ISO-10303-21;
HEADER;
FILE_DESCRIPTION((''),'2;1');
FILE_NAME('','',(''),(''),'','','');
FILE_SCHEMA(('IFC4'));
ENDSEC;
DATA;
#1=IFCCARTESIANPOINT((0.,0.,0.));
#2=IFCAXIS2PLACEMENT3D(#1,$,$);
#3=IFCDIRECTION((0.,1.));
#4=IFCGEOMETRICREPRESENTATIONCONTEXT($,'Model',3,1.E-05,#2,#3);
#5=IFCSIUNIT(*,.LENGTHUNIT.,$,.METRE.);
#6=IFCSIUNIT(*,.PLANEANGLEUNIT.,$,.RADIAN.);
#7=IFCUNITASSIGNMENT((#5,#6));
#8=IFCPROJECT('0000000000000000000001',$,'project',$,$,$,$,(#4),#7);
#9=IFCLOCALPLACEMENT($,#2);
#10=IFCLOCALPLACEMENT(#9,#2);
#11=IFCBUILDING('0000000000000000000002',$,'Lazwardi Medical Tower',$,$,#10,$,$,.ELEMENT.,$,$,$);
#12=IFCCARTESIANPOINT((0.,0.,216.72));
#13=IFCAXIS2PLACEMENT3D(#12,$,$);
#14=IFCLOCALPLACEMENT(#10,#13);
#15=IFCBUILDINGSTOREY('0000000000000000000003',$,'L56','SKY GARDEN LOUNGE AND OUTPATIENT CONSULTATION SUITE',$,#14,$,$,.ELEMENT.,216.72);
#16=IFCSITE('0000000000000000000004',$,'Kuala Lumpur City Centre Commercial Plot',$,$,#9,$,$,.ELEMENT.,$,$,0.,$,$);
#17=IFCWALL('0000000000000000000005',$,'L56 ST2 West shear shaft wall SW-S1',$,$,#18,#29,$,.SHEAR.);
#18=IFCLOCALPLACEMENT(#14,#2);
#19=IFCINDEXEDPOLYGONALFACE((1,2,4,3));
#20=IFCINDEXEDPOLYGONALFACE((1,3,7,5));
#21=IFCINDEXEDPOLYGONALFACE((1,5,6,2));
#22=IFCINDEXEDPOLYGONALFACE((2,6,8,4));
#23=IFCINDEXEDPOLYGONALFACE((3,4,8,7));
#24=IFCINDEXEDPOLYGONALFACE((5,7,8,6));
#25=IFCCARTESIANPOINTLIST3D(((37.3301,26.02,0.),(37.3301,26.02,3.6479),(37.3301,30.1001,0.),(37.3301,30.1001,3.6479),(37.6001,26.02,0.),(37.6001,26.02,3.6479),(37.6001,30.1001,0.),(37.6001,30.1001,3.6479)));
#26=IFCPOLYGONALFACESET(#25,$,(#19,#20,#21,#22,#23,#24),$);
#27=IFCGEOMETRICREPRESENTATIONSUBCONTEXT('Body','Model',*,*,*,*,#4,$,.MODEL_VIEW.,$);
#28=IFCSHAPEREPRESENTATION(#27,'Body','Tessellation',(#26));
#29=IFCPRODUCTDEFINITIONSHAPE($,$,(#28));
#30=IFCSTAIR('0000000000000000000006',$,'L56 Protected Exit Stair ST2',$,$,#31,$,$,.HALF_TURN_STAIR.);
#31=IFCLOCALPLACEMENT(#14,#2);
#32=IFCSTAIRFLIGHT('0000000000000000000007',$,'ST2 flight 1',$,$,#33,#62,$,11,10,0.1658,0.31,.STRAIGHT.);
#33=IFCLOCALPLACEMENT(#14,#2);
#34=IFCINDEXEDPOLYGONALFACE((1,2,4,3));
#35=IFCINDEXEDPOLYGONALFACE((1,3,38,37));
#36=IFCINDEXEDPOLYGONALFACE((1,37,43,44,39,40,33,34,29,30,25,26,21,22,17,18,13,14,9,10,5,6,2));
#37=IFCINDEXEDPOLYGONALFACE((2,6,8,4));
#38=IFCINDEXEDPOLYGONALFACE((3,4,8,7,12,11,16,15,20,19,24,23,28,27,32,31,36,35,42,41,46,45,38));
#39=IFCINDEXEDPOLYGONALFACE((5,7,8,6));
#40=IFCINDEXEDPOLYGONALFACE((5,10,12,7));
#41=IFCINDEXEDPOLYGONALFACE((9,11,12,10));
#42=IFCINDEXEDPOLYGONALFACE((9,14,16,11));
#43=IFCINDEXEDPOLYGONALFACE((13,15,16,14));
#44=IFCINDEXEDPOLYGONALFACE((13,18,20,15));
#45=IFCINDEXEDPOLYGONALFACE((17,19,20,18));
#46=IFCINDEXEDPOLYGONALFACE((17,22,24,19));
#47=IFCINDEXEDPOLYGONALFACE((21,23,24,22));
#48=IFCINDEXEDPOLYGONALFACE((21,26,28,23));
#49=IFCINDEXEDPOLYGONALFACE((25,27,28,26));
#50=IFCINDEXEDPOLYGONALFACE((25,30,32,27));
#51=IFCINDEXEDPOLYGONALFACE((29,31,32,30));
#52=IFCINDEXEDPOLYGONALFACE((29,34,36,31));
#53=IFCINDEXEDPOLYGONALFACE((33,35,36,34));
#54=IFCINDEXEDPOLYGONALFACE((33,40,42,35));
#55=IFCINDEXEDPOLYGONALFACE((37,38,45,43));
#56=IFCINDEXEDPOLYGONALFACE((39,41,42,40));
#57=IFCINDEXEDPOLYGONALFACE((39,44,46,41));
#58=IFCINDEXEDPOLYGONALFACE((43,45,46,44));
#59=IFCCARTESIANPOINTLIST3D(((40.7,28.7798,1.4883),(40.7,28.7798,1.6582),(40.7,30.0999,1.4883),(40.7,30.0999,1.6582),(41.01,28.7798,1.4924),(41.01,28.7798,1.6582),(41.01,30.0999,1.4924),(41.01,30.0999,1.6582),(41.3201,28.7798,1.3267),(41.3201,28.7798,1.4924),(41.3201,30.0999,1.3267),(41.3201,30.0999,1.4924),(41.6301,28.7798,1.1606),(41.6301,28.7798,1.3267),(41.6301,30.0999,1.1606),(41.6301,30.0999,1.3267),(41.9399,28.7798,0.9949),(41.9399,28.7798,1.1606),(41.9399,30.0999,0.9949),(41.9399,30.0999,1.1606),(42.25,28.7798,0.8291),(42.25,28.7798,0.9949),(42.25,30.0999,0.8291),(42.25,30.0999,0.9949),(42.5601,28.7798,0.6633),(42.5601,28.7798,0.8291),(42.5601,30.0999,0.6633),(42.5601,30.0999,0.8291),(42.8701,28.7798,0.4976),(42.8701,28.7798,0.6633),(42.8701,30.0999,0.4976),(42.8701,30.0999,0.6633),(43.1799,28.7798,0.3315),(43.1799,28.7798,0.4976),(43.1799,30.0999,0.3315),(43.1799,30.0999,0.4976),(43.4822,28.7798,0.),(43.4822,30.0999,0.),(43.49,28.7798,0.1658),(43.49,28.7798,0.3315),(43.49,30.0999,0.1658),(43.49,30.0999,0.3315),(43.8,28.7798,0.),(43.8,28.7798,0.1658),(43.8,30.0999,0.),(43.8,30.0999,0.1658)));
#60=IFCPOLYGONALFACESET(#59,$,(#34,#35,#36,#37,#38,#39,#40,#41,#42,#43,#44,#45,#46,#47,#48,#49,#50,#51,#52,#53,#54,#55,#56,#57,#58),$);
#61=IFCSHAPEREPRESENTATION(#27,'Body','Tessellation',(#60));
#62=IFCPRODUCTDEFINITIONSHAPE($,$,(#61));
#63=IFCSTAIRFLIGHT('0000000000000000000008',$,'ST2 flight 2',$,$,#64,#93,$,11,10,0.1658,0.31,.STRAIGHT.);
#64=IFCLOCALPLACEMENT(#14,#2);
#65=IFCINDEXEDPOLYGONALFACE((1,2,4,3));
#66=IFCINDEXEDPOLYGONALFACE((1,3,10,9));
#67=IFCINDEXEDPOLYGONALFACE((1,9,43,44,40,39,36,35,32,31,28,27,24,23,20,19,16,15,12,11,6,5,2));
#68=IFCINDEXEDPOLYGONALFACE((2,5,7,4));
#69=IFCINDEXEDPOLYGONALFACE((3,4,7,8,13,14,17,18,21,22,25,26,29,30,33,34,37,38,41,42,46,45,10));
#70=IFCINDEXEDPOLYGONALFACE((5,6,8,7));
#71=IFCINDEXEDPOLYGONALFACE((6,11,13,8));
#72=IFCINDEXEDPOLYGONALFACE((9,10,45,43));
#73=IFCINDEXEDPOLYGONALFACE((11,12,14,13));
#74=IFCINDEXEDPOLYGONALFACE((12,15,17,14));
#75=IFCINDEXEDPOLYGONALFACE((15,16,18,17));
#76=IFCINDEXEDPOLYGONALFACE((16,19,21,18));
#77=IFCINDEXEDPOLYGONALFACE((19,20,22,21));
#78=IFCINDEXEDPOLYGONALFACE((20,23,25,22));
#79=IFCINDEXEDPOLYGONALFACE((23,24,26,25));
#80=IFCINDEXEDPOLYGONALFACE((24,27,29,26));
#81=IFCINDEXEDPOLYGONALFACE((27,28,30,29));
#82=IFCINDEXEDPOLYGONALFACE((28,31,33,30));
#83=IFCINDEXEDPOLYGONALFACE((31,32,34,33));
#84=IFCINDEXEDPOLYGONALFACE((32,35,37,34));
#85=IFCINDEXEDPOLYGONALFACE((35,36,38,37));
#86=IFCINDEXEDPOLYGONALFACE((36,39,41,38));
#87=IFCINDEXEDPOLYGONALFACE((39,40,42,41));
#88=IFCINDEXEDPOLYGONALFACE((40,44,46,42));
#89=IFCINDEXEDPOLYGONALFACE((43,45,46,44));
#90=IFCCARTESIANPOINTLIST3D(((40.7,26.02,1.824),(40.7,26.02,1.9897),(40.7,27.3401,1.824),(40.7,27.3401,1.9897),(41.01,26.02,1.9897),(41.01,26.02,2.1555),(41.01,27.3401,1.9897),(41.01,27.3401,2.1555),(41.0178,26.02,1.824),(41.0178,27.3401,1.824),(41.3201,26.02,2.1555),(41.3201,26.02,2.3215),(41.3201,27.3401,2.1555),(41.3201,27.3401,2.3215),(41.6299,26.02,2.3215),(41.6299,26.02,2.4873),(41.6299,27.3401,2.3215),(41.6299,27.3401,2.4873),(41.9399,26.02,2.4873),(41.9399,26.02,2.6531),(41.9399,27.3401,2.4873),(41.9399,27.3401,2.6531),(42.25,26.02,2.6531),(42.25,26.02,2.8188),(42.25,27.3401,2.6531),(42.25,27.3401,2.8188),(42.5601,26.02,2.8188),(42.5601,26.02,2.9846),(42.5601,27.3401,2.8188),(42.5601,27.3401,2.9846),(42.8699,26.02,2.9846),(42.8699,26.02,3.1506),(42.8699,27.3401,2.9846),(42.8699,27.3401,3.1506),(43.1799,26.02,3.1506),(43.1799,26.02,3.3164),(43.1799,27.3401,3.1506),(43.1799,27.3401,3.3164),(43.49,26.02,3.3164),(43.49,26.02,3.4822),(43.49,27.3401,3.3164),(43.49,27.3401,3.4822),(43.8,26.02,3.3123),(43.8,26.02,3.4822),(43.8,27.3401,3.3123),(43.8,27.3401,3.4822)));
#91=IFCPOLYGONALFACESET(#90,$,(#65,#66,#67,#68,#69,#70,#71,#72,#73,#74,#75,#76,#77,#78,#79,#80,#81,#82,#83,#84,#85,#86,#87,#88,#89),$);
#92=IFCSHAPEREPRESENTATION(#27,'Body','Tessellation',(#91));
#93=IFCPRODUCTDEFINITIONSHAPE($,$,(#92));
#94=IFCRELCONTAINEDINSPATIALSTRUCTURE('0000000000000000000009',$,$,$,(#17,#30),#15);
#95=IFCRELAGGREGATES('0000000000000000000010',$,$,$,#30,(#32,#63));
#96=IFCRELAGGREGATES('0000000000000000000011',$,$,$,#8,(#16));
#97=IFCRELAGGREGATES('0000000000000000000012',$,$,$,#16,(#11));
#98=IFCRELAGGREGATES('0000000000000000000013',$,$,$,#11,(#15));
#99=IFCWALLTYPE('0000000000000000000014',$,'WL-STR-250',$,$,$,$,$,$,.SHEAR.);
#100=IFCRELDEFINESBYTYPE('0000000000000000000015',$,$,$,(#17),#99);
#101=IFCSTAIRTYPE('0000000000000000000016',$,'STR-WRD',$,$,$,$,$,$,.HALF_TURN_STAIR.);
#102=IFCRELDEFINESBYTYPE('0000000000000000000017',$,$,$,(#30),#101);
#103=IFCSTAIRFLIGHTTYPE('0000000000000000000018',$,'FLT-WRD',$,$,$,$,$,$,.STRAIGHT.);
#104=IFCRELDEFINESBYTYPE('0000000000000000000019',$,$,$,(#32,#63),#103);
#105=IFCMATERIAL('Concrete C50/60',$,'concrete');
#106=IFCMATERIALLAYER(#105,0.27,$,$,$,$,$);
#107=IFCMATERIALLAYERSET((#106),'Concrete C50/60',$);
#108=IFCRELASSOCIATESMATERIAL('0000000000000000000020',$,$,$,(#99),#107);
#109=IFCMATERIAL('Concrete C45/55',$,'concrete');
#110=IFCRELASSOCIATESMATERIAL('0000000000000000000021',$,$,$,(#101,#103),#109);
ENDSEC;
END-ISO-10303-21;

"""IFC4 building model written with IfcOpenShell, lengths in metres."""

from ifc_helpers import new_model, si_unit, direction, frame, frame_2d, origin, place, context, subcontext, project, spatial, polyline, rectangle, outline, extrude, material, layer, layer_set, type_object, element, aggregate, save


model = new_model("IFC4")

# Units and contexts
model_context = context("Model", 3, precision=1e-05, world=origin(), true_north=direction((0.0, 1.0)))
body_context = subcontext(model_context, "Body", "Model", "MODEL_VIEW")
ifc_project = project(units=[si_unit("LENGTHUNIT", "METRE"), si_unit("PLANEANGLEUNIT", "RADIAN")], contexts=[model_context])

# Site, building, storey
site_placement = place(None, origin())
site = spatial("IfcSite", under=ifc_project, at=site_placement, Name="Kuala Lumpur City Centre Commercial Plot", CompositionType="ELEMENT", RefElevation=0.0)
building_placement = place(site_placement, origin())
building = spatial("IfcBuilding", under=site, at=building_placement, Name="Lazwardi Medical Tower", CompositionType="ELEMENT")
storey_placement = place(building_placement, frame((0.0, 0.0, 216.72)))
storey = spatial("IfcBuildingStorey", under=building, at=storey_placement, Name="L56", Description="SKY GARDEN LOUNGE AND OUTPATIENT CONSULTATION SUITE", CompositionType="ELEMENT", Elevation=216.72)

# Shared definitions
ifc_material_1 = material(Name="Concrete C50/60", Category="concrete")
ifc_layer_1 = layer(ifc_material_1, 0.27)
ifc_layer_set_1 = layer_set([ifc_layer_1], Name="Concrete C50/60")
wall_type_1 = type_object("IfcWallType", Name="WL-STR-250", PredefinedType="SHEAR", material=ifc_layer_set_1)

# Wall
for number, where, z_axis, x_axis, name in (
    (1, (37.4651, 26.02, 0.0), (0.0, 0.0, 1.0), (0.0, 1.0, 0.0), "L56 ST2 West shear shaft wall SW-S1"),
):
    element("IfcWall", number, at=place(storey_placement, frame(where, z_axis=z_axis, x_axis=x_axis)), inside=storey, type_object=wall_type_1, Name=name, PredefinedType="SHEAR", context=body_context, shape_type="SweptSolid", body=[
        extrude(rectangle(XDim=4.0801, YDim=0.27, at=frame_2d((2.04, 0.0))), origin(), (0.0, 0.0, 1.0), 3.6479),
    ])

# Stair, stair flights
ifc_material_2 = material(Name="Concrete C45/55", Category="concrete")
stair_type = type_object("IfcStairType", Name="STR-WRD", PredefinedType="HALF_TURN_STAIR", material=ifc_material_2)
stair_placement = place(storey_placement, origin())
stair = element("IfcStair", 2, at=stair_placement, inside=storey, type_object=stair_type, Name="L56 Protected Exit Stair ST2", PredefinedType="HALF_TURN_STAIR")
stair_flight_type = type_object("IfcStairFlightType", Name="FLT-WRD", PredefinedType="STRAIGHT", material=ifc_material_2)
stair_flight_1_placement = place(storey_placement, frame((43.8, 29.4399, 0.0), z_axis=(0.0, 0.0, 1.0), x_axis=(-1.0, 0.0, 0.0)))
stair_flight_1 = element("IfcStairFlight", 3, at=stair_flight_1_placement, type_object=stair_flight_type, Name="ST2 flight 1", NumberOfRisers=11, NumberOfTreads=10, PredefinedType="STRAIGHT", RiserHeight=0.1658, TreadLength=0.31, context=body_context, shape_type="SweptSolid", body=[
    extrude(outline(polyline([(0.0, 0.0), (0.0, 0.1658), (0.3101, 0.1658), (0.3101, 0.3315), (0.6201, 0.3315), (0.6201, 0.4976), (0.9299, 0.4976), (0.9299, 0.6633), (1.24, 0.6633), (1.24, 0.8291), (1.55, 0.8291), (1.55, 0.9949), (1.8601, 0.9949), (1.8601, 1.1606), (2.1699, 1.1606), (2.1699, 1.3267), (2.48, 1.3267), (2.48, 1.4924), (2.79, 1.4924), (2.79, 1.6582), (3.1001, 1.6582), (3.1001, 1.824), (3.1001, 1.4883), (0.3179, 0.0), (0.0, 0.0)])), frame((0.0, 0.6602, 0.0), z_axis=(0.0, -1.0, 0.0), x_axis=(1.0, 0.0, 0.0)), (0.0, 0.0, 1.0), 1.3201),
])
stair_flight_2_placement = place(storey_placement, frame((40.7, 26.6799, 1.824), z_axis=(0.0, 0.0, 1.0), x_axis=(1.0, 0.0, 0.0)))
stair_flight_2 = element("IfcStairFlight", 4, at=stair_flight_2_placement, type_object=stair_flight_type, Name="ST2 flight 2", NumberOfRisers=11, NumberOfTreads=10, PredefinedType="STRAIGHT", RiserHeight=0.1658, TreadLength=0.31, context=body_context, shape_type="SweptSolid", body=[
    extrude(outline(polyline([(0.0, 0.0), (0.0, 0.1658), (0.3101, 0.1658), (0.3101, 0.3315), (0.6201, 0.3315), (0.6201, 0.4976), (0.9299, 0.4976), (0.9299, 0.6633), (1.24, 0.6633), (1.24, 0.8291), (1.55, 0.8291), (1.55, 0.9949), (1.8601, 0.9949), (1.8601, 1.1606), (2.1699, 1.1606), (2.1699, 1.3267), (2.48, 1.3267), (2.48, 1.4924), (2.79, 1.4924), (2.79, 1.6582), (3.1001, 1.6582), (3.1001, 1.824), (3.1001, 1.4883), (0.3179, 0.0), (0.0, 0.0)])), frame((0.0, 0.6602, 0.0), z_axis=(0.0, -1.0, 0.0), x_axis=(1.0, 0.0, 0.0)), (0.0, 0.0, 1.0), 1.3201),
])
aggregate(stair, [stair_flight_1, stair_flight_2])

save(model, "model.ifc")
